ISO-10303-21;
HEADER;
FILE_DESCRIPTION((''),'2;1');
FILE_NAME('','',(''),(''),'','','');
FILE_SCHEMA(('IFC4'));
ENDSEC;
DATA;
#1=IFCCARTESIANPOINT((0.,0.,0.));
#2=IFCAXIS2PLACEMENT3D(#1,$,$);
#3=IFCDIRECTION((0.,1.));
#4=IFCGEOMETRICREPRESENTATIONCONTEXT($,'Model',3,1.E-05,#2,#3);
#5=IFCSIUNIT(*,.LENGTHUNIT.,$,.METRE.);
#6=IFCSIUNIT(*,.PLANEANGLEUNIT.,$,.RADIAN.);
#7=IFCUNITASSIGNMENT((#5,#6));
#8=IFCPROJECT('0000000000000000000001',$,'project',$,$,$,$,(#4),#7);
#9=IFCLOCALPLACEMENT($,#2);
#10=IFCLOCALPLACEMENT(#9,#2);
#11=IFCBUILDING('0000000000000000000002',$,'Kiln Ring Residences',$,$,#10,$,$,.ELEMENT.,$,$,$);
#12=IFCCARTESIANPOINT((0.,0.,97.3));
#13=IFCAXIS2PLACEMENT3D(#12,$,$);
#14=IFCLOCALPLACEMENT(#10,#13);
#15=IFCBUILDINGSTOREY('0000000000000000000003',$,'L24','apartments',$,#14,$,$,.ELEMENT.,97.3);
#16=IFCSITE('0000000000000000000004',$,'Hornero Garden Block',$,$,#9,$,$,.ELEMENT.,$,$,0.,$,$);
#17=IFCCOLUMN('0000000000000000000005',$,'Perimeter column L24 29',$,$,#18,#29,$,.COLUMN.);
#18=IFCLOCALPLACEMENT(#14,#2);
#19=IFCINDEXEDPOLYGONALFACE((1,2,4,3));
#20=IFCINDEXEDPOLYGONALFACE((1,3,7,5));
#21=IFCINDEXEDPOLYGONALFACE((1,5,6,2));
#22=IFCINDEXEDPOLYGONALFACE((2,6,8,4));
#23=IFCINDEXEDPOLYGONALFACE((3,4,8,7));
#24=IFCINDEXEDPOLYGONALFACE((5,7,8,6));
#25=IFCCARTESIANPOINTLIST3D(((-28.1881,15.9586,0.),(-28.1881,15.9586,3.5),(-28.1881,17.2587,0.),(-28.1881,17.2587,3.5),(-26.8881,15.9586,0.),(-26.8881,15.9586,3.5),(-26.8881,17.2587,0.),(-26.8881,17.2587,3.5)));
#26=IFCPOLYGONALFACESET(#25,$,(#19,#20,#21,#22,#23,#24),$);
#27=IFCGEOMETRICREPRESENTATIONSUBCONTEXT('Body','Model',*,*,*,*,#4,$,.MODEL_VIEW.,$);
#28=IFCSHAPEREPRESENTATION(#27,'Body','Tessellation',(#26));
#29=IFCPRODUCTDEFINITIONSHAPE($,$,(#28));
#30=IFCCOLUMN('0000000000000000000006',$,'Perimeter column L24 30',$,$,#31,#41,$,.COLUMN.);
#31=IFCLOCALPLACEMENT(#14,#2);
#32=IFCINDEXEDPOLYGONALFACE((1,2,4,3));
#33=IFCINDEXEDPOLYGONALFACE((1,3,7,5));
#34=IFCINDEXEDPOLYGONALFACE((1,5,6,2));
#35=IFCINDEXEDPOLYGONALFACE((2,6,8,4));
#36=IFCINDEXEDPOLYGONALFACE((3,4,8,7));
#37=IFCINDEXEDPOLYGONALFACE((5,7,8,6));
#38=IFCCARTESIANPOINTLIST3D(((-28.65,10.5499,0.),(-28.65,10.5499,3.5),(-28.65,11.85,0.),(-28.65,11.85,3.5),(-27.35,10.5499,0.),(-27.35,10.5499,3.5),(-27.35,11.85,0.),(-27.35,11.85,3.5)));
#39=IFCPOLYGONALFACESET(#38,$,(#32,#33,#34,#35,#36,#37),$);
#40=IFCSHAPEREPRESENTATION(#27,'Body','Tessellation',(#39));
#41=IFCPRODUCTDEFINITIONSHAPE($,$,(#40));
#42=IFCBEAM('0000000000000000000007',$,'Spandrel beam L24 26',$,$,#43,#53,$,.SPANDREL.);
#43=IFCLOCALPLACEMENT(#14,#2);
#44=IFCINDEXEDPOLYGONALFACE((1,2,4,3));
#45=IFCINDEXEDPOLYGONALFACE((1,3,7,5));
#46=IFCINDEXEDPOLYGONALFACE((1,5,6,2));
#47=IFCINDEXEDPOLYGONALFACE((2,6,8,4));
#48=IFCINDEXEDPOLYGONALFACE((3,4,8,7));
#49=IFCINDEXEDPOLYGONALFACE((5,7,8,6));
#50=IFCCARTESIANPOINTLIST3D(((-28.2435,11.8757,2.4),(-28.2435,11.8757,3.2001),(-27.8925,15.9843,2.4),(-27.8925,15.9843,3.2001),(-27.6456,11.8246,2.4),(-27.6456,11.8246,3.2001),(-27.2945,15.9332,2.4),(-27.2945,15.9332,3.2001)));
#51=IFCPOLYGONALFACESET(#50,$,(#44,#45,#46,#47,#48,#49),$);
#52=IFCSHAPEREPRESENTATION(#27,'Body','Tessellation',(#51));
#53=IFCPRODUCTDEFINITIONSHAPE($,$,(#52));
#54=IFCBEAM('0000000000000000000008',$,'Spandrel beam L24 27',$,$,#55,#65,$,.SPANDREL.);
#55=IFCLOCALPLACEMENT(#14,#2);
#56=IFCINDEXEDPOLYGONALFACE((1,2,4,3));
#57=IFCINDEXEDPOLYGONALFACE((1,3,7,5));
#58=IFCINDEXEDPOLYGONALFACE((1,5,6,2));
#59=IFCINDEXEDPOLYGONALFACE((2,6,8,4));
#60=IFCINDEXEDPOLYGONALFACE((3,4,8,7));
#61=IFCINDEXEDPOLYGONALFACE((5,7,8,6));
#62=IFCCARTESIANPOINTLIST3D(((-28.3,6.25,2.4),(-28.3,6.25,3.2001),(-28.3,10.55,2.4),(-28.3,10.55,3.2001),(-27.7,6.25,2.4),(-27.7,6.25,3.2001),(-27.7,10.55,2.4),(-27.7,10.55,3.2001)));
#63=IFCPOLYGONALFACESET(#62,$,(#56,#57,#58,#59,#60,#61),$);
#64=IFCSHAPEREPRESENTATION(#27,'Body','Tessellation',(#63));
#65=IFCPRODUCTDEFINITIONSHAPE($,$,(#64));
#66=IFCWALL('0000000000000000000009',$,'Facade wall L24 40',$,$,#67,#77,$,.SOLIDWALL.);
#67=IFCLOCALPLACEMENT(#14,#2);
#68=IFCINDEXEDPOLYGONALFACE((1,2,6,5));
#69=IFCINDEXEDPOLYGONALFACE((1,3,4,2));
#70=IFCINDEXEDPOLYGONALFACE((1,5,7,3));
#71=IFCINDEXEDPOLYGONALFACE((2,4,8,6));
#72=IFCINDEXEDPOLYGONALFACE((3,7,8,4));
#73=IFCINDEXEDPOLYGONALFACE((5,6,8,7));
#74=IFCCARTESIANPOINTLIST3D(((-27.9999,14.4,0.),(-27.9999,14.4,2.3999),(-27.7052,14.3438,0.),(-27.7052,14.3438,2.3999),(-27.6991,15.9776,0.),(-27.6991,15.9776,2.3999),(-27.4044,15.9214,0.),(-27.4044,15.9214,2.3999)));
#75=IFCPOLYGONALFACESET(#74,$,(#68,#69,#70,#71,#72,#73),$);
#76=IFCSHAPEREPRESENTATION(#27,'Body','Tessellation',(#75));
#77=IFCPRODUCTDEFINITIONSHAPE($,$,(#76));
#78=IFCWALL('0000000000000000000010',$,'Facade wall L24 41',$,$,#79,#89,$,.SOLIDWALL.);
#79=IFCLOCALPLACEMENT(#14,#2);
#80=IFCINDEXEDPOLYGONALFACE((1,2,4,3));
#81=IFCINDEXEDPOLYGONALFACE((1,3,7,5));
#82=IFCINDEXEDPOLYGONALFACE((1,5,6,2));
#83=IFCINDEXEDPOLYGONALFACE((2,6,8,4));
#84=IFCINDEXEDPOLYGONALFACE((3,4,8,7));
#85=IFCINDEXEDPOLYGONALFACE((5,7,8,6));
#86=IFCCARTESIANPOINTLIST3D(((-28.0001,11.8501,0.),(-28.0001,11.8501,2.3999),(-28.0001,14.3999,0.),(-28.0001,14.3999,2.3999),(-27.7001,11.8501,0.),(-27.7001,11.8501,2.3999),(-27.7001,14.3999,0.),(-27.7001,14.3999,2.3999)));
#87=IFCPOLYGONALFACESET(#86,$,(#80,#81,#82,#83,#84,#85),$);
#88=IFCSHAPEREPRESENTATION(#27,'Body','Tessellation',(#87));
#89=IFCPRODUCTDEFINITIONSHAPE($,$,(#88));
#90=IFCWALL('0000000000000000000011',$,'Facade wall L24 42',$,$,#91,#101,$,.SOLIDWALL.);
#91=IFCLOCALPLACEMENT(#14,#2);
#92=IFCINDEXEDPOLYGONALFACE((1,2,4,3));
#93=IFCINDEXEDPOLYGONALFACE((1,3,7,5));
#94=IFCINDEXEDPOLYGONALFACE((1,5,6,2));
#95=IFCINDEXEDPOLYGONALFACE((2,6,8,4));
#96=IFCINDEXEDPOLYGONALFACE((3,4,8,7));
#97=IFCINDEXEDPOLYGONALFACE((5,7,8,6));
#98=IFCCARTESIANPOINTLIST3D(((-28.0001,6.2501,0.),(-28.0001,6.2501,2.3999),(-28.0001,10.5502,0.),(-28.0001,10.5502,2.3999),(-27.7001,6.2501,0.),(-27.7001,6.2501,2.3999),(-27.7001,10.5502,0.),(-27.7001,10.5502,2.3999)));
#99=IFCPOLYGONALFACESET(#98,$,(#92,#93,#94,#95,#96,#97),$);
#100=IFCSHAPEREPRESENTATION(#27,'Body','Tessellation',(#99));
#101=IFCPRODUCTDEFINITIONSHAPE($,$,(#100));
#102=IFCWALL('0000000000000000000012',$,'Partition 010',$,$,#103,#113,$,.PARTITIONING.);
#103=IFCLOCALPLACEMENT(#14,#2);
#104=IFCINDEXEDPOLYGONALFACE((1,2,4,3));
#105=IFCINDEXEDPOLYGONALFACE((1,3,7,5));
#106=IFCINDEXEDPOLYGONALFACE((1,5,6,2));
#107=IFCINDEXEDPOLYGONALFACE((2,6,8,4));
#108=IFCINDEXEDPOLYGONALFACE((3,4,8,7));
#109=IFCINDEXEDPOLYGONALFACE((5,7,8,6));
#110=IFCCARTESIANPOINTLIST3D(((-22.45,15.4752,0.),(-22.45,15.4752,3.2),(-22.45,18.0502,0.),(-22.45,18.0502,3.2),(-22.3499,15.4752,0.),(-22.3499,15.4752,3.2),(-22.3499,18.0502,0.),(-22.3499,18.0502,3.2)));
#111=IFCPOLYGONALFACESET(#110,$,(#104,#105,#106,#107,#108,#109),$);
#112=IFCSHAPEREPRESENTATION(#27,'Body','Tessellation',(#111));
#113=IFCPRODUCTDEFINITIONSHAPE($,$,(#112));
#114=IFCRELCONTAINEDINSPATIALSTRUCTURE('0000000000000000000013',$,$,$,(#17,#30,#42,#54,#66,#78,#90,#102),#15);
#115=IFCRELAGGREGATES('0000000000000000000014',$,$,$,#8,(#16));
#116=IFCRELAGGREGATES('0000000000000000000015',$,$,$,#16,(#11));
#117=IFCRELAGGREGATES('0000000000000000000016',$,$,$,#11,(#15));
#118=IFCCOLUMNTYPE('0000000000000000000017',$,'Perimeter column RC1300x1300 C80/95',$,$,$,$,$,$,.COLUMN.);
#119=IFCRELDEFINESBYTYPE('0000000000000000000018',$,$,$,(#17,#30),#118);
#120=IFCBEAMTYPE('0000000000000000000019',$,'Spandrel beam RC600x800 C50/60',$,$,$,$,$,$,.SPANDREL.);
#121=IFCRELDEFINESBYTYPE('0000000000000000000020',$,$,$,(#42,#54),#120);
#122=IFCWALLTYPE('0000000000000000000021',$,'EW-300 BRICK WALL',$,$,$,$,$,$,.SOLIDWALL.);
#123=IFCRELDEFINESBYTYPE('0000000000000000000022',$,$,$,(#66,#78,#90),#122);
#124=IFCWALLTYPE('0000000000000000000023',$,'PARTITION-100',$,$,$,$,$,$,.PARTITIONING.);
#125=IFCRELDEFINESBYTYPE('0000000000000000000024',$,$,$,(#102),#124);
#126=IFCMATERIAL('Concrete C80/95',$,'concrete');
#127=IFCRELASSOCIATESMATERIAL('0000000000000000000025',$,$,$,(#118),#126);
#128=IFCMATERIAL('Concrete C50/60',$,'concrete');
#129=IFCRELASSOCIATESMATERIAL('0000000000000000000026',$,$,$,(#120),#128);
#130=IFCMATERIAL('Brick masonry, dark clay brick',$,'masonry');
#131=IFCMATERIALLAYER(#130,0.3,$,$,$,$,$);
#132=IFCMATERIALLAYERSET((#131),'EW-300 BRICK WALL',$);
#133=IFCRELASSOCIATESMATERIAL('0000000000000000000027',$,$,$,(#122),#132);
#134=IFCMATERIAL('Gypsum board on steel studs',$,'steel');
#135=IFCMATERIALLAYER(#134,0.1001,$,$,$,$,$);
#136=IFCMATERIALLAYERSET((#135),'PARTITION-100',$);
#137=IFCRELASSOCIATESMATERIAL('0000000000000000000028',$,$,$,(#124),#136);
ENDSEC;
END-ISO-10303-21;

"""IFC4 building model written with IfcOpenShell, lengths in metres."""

from ifc_helpers import new_model, si_unit, direction, frame, frame_2d, origin, origin_2d, place, context, subcontext, project, spatial, rectangle, extrude, material, layer, layer_set, material_profile, profile_set, type_object, element, save


model = new_model("IFC4")

# Units and contexts
model_context = context("Model", 3, precision=1e-05, world=origin(), true_north=direction((0.0, 1.0)))
body_context = subcontext(model_context, "Body", "Model", "MODEL_VIEW")
ifc_project = project(units=[si_unit("LENGTHUNIT", "METRE"), si_unit("PLANEANGLEUNIT", "RADIAN")], contexts=[model_context])

# Site, building, storey
site_placement = place(None, origin())
site = spatial("IfcSite", under=ifc_project, at=site_placement, Name="Hornero Garden Block", CompositionType="ELEMENT", RefElevation=0.0)
building_placement = place(site_placement, origin())
building = spatial("IfcBuilding", under=site, at=building_placement, Name="Kiln Ring Residences", CompositionType="ELEMENT")
storey_placement = place(building_placement, frame((0.0, 0.0, 97.3)))
storey = spatial("IfcBuildingStorey", under=building, at=storey_placement, Name="L24", Description="apartments", CompositionType="ELEMENT", Elevation=97.3)

# Columns
ifc_material_1 = material(Name="Concrete C80/95", Category="concrete")
ifc_material_profile_1 = material_profile(ifc_material_1, rectangle(XDim=1.3, YDim=1.3, at=origin_2d()), Name="RC1300x1300")
ifc_profile_set_1 = profile_set([ifc_material_profile_1], Name="Concrete C80/95")
column_type = type_object("IfcColumnType", Name="Perimeter column RC1300x1300 C80/95", PredefinedType="COLUMN", material=ifc_profile_set_1)
for number, where, z_axis, x_axis, name in (
    (1, (-27.5381, 16.6086, 0.0), (0.0, 0.0, 1.0), (1.0, 0.0, 0.0), "Perimeter column L24 29"),
    (2, (-28.0, 11.2, 0.0), (0.0, 0.0, 1.0), (1.0, 0.0, 0.0), "Perimeter column L24 30"),
):
    element("IfcColumn", number, at=place(storey_placement, frame(where, z_axis=z_axis, x_axis=x_axis)), inside=storey, type_object=column_type, Name=name, PredefinedType="COLUMN", context=body_context, shape_type="SweptSolid", body=[
        extrude(rectangle(XDim=1.3, YDim=1.3, at=origin_2d()), origin(), (0.0, 0.0, 1.0), 3.5),
    ])

# Beams
ifc_material_2 = material(Name="Concrete C50/60", Category="concrete")
ifc_material_profile_2 = material_profile(ifc_material_2, rectangle(XDim=0.6001, YDim=0.8, at=origin_2d()), Name="RC600x800")
ifc_profile_set_2 = profile_set([ifc_material_profile_2], Name="Concrete C50/60")
beam_type = type_object("IfcBeamType", Name="Spandrel beam RC600x800 C50/60", PredefinedType="SPANDREL", material=ifc_profile_set_2)
beam_1_placement = place(storey_placement, frame((-27.5935, 15.9587, 2.8), z_axis=(-0.085137, -0.996369, 0.0), x_axis=(0.996369, -0.085137, 0.0)))
element("IfcBeam", 3, at=beam_1_placement, inside=storey, type_object=beam_type, Name="Spandrel beam L24 26", PredefinedType="SPANDREL", context=body_context, shape_type="SweptSolid", body=[
    extrude(rectangle(XDim=0.6001, YDim=0.8, at=origin_2d()), origin(), (0.0, 0.0, 1.0), 4.1235),
])
beam_2_placement = place(storey_placement, frame((-28.0, 10.55, 2.8), z_axis=(0.0, -1.0, 0.0), x_axis=(1.0, 0.0, 0.0)))
element("IfcBeam", 4, at=beam_2_placement, inside=storey, type_object=beam_type, Name="Spandrel beam L24 27", PredefinedType="SPANDREL", context=body_context, shape_type="SweptSolid", body=[
    extrude(rectangle(XDim=0.6001, YDim=0.8, at=origin_2d()), origin(), (0.0, 0.0, 1.0), 4.3),
])

# Walls
ifc_material_3 = material(Name="Brick masonry, dark clay brick", Category="masonry")
ifc_layer_1 = layer(ifc_material_3, 0.3)
ifc_layer_set_1 = layer_set([ifc_layer_1], Name="EW-300 BRICK WALL")
wall_type_1 = type_object("IfcWallType", Name="EW-300 BRICK WALL", PredefinedType="SOLIDWALL", material=ifc_layer_set_1)
wall_1_placement = place(storey_placement, frame((-27.5518, 15.9495, 0.0), z_axis=(0.0, 0.0, 1.0), x_axis=(-0.18728, -0.982307, 0.0)))
element("IfcWall", 5, at=wall_1_placement, inside=storey, type_object=wall_type_1, Name="Facade wall L24 40", PredefinedType="SOLIDWALL", context=body_context, shape_type="SweptSolid", body=[
    extrude(rectangle(XDim=1.606, YDim=0.3, at=frame_2d((0.803, 0.0))), origin(), (0.0, 0.0, 1.0), 2.3999),
])
wall_2_placement = place(storey_placement, frame((-27.8501, 14.3999, 0.0), z_axis=(0.0, 0.0, 1.0), x_axis=(0.0, -1.0, 0.0)))
element("IfcWall", 6, at=wall_2_placement, inside=storey, type_object=wall_type_1, Name="Facade wall L24 41", PredefinedType="SOLIDWALL", context=body_context, shape_type="SweptSolid", body=[
    extrude(rectangle(XDim=2.5498, YDim=0.3, at=frame_2d((1.2749, 0.0))), origin(), (0.0, 0.0, 1.0), 2.3999),
])
wall_3_placement = place(storey_placement, frame((-27.8501, 10.55, 0.0), z_axis=(0.0, 0.0, 1.0), x_axis=(0.0, -1.0, 0.0)))
element("IfcWall", 7, at=wall_3_placement, inside=storey, type_object=wall_type_1, Name="Facade wall L24 42", PredefinedType="SOLIDWALL", context=body_context, shape_type="SweptSolid", body=[
    extrude(rectangle(XDim=4.3, YDim=0.3, at=frame_2d((2.1499, 0.0))), origin(), (0.0, 0.0, 1.0), 2.3999),
])
ifc_material_4 = material(Name="Gypsum board on steel studs", Category="steel")
ifc_layer_2 = layer(ifc_material_4, 0.1001)
ifc_layer_set_2 = layer_set([ifc_layer_2], Name="PARTITION-100")
wall_type_2 = type_object("IfcWallType", Name="PARTITION-100", PredefinedType="PARTITIONING", material=ifc_layer_set_2)
wall_4_placement = place(storey_placement, frame((-22.3999, 15.4751, 0.0), z_axis=(0.0, 0.0, 1.0), x_axis=(0.0, 1.0, 0.0)))
element("IfcWall", 8, at=wall_4_placement, inside=storey, type_object=wall_type_2, Name="Partition 010", PredefinedType="PARTITIONING", context=body_context, shape_type="SweptSolid", body=[
    extrude(rectangle(XDim=2.575, YDim=0.1001, at=frame_2d((1.2876, 0.0))), origin(), (0.0, 0.0, 1.0), 3.2),
])

save(model, "model.ifc")
